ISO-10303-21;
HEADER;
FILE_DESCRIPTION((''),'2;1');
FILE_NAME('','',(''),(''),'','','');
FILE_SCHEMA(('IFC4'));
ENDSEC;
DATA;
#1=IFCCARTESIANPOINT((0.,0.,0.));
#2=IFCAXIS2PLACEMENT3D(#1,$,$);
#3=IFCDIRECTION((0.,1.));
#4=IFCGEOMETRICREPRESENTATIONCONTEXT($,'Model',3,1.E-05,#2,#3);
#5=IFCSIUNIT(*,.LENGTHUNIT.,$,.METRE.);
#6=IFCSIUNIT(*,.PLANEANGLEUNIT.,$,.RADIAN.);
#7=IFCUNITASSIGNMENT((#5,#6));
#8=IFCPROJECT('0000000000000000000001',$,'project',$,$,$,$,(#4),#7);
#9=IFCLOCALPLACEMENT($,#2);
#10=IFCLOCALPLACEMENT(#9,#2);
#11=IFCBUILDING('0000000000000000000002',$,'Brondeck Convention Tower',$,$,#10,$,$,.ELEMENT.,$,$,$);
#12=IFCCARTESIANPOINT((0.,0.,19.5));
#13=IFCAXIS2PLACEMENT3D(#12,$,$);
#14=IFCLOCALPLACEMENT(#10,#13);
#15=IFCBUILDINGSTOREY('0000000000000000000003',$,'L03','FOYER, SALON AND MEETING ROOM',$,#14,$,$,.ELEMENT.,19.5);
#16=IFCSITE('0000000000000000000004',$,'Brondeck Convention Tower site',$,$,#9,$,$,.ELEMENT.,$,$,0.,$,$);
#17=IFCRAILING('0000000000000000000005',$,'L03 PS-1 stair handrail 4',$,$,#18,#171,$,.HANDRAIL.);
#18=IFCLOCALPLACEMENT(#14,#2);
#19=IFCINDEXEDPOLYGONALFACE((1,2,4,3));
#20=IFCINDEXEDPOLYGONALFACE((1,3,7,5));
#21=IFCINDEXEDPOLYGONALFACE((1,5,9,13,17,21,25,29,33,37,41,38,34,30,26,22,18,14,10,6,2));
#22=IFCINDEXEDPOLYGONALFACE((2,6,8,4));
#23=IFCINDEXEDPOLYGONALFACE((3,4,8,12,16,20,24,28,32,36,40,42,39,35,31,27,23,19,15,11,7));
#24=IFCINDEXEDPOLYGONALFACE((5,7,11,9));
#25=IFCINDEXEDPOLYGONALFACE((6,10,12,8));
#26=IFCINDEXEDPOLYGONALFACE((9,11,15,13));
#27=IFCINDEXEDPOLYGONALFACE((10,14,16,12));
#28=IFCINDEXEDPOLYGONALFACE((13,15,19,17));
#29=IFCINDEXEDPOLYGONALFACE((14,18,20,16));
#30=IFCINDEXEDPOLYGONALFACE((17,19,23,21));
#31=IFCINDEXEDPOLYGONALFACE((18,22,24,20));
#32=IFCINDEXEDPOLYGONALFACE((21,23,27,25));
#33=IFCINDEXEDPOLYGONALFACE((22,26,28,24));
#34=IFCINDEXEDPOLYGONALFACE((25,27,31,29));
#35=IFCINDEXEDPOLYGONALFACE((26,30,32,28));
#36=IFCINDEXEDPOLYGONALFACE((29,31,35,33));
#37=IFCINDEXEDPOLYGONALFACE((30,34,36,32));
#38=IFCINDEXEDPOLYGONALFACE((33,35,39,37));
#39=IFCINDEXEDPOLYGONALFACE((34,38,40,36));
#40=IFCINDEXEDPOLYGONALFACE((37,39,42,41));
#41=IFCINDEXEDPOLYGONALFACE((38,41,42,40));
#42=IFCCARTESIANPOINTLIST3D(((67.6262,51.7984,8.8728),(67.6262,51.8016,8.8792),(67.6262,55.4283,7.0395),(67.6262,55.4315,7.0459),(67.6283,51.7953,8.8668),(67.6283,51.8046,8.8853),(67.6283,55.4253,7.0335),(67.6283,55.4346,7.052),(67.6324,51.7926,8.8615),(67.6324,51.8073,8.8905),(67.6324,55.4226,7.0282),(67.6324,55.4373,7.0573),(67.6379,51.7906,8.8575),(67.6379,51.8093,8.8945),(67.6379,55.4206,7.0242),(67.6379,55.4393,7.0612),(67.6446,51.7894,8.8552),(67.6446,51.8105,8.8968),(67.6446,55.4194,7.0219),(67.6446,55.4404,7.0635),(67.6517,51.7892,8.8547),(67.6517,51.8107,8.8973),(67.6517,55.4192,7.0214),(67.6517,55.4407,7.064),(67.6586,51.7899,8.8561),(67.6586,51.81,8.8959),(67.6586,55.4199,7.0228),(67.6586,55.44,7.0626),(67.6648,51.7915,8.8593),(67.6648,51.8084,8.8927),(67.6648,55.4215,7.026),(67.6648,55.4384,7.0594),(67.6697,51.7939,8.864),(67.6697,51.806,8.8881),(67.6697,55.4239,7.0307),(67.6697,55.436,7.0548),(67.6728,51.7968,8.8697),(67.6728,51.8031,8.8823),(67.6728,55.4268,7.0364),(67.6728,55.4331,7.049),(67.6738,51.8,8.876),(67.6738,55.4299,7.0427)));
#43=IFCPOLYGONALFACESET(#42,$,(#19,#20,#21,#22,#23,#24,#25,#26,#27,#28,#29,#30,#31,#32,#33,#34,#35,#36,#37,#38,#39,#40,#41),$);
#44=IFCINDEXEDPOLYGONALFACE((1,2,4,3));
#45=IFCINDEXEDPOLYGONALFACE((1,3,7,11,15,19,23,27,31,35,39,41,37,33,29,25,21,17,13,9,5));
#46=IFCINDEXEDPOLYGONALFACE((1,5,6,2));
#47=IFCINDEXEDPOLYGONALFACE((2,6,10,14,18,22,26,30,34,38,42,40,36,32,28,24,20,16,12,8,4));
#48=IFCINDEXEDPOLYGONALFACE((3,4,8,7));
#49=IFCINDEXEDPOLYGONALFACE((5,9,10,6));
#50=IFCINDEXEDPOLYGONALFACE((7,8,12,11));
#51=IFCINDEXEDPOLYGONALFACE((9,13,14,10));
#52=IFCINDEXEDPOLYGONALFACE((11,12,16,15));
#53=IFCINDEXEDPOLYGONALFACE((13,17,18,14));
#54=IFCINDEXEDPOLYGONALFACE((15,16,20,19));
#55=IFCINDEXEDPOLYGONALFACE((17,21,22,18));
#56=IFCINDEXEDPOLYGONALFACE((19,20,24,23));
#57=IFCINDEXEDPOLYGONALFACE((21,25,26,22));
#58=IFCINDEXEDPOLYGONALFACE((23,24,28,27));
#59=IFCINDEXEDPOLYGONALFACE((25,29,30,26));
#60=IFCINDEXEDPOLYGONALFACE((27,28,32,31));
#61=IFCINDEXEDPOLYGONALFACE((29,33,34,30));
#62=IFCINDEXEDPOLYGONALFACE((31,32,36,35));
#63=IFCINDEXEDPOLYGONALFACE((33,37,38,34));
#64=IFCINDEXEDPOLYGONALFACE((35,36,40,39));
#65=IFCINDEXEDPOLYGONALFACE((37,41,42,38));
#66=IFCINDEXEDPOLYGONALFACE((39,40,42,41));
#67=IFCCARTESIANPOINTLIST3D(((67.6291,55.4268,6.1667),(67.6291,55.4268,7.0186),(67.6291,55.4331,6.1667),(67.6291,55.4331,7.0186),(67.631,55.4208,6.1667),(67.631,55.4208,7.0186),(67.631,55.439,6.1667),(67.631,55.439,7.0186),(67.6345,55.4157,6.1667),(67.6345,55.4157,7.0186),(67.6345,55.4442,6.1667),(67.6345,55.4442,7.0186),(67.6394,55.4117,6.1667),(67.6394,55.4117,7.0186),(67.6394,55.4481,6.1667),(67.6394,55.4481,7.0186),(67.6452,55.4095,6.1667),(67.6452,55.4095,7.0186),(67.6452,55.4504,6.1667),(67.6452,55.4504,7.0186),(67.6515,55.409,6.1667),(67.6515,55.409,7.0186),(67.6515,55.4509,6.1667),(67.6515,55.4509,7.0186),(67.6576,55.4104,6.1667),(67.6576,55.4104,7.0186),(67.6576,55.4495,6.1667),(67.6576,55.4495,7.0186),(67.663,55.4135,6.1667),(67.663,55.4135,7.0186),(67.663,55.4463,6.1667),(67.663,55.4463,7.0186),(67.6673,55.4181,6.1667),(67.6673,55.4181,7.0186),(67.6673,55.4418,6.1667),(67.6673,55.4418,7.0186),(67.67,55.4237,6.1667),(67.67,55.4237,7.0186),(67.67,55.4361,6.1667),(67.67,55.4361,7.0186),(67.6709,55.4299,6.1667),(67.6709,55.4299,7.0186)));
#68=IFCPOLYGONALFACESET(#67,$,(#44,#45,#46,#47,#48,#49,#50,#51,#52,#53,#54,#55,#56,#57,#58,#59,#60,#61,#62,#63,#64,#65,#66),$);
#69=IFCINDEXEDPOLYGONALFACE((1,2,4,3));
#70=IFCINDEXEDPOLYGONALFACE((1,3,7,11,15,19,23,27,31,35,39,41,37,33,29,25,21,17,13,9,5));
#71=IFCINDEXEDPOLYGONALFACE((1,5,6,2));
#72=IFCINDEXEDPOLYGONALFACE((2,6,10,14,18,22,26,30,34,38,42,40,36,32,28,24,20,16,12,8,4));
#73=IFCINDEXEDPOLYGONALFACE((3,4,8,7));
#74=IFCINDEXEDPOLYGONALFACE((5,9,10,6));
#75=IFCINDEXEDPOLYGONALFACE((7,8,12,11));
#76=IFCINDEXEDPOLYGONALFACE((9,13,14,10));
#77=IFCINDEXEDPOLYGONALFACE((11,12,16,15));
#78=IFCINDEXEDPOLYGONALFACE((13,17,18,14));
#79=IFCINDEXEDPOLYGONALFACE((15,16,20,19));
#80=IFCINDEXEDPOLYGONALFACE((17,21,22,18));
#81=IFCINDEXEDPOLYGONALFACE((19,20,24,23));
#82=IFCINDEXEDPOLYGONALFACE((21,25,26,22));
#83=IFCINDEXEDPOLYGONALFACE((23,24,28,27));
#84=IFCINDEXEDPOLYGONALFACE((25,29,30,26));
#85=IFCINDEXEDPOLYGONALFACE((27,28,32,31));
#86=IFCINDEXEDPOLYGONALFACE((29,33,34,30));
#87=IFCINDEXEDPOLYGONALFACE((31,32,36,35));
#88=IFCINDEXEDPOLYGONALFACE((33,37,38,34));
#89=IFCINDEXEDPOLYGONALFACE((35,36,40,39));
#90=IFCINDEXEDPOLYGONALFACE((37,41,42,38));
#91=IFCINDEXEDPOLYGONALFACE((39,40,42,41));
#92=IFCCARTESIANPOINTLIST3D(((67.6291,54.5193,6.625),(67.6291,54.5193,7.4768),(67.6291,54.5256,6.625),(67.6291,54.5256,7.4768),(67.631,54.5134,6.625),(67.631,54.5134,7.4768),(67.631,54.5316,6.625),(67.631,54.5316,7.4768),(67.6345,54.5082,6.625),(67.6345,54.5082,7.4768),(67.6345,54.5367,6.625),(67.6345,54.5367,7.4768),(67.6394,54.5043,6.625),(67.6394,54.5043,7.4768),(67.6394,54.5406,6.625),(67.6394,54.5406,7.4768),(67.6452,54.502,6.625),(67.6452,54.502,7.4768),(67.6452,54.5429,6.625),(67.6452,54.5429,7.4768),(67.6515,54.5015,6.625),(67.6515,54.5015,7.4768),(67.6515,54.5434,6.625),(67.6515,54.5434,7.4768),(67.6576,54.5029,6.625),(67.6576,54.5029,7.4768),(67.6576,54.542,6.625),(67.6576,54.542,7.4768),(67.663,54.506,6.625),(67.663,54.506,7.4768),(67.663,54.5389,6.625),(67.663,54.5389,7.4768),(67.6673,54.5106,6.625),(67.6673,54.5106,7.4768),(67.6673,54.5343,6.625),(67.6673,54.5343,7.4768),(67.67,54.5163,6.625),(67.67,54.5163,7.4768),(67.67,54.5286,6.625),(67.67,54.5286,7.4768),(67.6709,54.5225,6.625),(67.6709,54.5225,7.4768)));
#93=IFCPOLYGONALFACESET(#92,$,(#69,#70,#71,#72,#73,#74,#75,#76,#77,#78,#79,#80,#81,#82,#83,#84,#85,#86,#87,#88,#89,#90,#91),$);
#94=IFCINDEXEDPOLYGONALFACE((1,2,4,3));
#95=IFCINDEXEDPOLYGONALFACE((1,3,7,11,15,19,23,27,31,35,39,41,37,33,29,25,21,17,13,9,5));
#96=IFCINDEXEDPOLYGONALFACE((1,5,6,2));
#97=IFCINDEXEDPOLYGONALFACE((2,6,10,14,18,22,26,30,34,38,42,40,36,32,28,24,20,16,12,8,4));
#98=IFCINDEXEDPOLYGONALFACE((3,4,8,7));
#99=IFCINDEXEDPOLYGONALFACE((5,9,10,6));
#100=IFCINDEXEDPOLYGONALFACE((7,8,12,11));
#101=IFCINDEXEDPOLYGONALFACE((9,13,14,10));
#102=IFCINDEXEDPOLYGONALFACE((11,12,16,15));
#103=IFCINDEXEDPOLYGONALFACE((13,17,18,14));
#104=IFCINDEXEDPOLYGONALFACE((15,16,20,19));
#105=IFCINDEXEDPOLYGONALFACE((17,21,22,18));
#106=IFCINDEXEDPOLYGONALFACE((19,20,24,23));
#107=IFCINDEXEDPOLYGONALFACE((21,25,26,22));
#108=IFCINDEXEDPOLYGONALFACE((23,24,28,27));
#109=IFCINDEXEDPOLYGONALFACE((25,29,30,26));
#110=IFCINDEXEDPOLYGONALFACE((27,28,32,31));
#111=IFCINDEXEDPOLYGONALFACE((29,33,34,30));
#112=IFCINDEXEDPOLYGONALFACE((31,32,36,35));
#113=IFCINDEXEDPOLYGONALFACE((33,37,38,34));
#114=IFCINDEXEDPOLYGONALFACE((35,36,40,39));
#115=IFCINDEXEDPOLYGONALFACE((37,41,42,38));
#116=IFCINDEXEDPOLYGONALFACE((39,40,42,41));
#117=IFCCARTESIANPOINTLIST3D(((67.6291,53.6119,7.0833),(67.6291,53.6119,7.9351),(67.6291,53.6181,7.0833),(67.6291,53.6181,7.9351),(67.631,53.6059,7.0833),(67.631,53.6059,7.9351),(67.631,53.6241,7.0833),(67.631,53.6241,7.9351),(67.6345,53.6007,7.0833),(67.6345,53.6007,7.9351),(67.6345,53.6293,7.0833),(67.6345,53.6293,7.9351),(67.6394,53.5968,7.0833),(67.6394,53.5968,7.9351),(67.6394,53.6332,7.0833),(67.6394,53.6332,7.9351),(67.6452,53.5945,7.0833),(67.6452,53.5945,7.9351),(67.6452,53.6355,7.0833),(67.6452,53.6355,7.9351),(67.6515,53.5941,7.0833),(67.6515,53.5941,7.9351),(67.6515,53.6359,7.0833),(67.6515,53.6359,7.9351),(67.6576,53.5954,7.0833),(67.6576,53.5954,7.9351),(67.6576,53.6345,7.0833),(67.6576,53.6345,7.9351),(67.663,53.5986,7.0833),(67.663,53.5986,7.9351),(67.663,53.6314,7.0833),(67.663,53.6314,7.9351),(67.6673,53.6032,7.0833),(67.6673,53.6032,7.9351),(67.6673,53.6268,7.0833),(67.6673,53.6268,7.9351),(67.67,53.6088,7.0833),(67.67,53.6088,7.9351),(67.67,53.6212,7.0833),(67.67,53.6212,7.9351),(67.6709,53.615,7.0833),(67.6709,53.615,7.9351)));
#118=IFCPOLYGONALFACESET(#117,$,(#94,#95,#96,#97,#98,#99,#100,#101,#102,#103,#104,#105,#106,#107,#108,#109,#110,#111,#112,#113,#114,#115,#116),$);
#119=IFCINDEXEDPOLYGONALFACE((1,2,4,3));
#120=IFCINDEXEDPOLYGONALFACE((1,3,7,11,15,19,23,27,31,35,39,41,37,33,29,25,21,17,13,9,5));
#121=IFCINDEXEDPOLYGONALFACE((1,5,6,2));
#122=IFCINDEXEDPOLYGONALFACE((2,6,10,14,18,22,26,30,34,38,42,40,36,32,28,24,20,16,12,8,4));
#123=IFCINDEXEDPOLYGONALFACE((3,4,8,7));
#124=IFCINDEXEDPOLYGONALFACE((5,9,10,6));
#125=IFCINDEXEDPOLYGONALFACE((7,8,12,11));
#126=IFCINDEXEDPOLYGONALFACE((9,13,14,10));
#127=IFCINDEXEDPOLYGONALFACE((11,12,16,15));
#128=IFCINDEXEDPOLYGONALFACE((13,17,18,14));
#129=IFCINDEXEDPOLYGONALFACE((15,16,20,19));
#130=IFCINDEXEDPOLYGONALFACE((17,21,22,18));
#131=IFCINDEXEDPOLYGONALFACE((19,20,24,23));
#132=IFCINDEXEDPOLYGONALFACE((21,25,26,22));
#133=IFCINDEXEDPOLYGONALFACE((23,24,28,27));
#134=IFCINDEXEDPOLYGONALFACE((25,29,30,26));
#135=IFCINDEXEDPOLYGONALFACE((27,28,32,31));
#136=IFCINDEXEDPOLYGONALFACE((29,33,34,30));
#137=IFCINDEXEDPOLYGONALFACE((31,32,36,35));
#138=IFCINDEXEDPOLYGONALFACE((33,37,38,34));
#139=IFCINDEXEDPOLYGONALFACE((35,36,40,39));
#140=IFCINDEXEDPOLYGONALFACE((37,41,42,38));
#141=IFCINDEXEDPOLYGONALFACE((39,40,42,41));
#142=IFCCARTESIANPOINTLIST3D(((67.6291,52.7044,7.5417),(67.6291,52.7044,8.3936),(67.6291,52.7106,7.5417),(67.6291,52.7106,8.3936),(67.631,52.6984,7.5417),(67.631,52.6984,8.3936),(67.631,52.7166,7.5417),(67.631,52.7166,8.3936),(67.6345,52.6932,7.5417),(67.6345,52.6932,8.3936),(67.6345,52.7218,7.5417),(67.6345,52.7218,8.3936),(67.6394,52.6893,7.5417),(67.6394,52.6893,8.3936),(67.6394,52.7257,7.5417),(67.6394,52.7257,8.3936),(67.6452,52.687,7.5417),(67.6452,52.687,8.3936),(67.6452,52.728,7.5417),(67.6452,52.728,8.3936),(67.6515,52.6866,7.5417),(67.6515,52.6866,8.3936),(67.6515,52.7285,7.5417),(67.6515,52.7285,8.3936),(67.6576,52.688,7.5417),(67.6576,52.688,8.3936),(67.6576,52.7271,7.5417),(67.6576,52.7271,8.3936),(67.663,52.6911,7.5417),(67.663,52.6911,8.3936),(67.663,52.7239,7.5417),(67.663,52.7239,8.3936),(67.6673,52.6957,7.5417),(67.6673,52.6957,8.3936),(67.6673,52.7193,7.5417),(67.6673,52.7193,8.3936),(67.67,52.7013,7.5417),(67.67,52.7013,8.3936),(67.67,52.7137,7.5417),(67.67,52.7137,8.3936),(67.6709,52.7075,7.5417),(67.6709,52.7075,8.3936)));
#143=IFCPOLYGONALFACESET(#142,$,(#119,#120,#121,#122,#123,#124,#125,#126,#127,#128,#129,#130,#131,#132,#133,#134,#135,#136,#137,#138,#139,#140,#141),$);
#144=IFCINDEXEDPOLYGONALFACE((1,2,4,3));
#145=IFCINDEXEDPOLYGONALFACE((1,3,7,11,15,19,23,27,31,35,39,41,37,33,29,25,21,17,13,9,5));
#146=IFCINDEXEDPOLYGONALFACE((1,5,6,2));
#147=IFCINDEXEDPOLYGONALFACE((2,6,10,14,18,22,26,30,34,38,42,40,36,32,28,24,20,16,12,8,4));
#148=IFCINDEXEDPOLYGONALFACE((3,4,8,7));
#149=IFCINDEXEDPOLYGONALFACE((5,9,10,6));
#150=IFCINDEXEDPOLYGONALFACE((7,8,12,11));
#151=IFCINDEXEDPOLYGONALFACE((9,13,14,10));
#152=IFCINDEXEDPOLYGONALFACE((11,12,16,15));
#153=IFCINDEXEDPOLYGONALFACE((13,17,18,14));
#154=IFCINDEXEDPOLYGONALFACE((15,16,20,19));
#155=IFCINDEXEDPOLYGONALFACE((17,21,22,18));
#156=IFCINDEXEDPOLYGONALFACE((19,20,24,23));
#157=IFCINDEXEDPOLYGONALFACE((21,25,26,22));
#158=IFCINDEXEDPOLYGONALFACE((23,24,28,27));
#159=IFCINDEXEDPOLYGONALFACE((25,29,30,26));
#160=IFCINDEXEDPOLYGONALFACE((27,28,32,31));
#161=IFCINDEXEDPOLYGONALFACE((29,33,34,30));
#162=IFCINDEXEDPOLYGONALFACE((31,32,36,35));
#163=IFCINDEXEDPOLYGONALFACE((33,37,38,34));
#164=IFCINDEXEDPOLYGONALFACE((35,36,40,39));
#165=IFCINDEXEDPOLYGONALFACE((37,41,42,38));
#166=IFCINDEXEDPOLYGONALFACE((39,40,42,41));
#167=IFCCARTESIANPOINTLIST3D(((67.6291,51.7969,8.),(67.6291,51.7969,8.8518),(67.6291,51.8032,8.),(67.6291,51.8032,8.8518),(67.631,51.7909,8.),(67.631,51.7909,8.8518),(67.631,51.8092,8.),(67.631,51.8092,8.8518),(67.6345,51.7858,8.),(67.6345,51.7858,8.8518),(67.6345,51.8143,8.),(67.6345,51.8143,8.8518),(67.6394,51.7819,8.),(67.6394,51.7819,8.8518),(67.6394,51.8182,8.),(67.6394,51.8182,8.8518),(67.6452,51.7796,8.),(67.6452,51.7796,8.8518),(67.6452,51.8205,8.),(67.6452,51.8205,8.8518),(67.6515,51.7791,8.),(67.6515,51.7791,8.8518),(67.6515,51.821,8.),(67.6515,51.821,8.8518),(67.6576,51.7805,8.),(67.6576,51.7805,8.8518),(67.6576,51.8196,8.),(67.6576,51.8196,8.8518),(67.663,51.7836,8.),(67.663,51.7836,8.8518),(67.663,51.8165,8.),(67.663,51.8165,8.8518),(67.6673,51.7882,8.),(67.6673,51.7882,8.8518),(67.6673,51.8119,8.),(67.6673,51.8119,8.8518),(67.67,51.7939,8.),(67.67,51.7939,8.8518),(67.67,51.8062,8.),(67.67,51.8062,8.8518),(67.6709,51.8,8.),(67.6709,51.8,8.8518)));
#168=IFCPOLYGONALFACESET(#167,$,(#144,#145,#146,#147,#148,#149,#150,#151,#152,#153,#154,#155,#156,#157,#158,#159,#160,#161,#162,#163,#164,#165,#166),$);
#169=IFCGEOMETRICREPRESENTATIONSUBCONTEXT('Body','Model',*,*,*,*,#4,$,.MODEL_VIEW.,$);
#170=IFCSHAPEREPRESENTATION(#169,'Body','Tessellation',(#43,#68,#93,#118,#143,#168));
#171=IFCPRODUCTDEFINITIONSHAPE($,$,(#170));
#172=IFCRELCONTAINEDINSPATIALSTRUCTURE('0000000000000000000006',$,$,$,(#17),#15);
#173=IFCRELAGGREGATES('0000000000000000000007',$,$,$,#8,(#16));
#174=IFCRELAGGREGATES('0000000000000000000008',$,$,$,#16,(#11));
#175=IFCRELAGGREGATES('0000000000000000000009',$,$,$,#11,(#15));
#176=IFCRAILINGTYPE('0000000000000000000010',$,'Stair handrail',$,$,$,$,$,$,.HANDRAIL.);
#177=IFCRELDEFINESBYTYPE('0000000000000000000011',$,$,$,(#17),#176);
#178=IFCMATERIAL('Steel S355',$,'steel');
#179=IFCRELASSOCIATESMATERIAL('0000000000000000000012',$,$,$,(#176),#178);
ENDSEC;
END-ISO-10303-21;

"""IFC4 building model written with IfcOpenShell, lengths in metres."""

from ifc_helpers import new_model, si_unit, direction, frame, origin, origin_2d, place, context, subcontext, project, spatial, circle, extrude, material, type_object, element, save


model = new_model("IFC4")

# Units and contexts
model_context = context("Model", 3, precision=1e-05, world=origin(), true_north=direction((0.0, 1.0)))
body_context = subcontext(model_context, "Body", "Model", "MODEL_VIEW")
ifc_project = project(units=[si_unit("LENGTHUNIT", "METRE"), si_unit("PLANEANGLEUNIT", "RADIAN")], contexts=[model_context])

# Site, building, storey
site_placement = place(None, origin())
site = spatial("IfcSite", under=ifc_project, at=site_placement, Name="Brondeck Convention Tower site", CompositionType="ELEMENT", RefElevation=0.0)
building_placement = place(site_placement, origin())
building = spatial("IfcBuilding", under=site, at=building_placement, Name="Brondeck Convention Tower", CompositionType="ELEMENT")
storey_placement = place(building_placement, frame((0.0, 0.0, 19.5)))
storey = spatial("IfcBuildingStorey", under=building, at=storey_placement, Name="L03", Description="FOYER, SALON AND MEETING ROOM", CompositionType="ELEMENT", Elevation=19.5)

# Railing
ifc_material_1 = material(Name="Steel S355", Category="steel")
railing_type_1 = type_object("IfcRailingType", Name="Stair handrail", PredefinedType="HANDRAIL", material=ifc_material_1)
railing_1_placement = place(storey_placement, frame((67.6499, 55.4299, 6.1667)))
element("IfcRailing", 1, at=railing_1_placement, inside=storey, type_object=railing_type_1, Name="L03 PS-1 stair handrail 4", PredefinedType="HANDRAIL", context=body_context, shape_type="SweptSolid", body=[
    extrude(circle(Radius=0.0239, at=origin_2d()), frame((0.0, 0.0, 0.876), z_axis=(0.0, -0.892619, 0.450812), x_axis=(1.0, 0.0, 0.0)), (0.0, 0.0, 1.0), 4.0667),
    extrude(circle(Radius=0.021, at=origin_2d()), origin(), (0.0, 0.0, 1.0), 0.8518),
    extrude(circle(Radius=0.021, at=origin_2d()), frame((0.0, -0.9075, 0.4583)), (0.0, 0.0, 1.0), 0.8518),
    extrude(circle(Radius=0.021, at=origin_2d()), frame((0.0, -1.8149, 0.9165)), (0.0, 0.0, 1.0), 0.8518),
    extrude(circle(Radius=0.021, at=origin_2d()), frame((0.0, -2.7224, 1.375)), (0.0, 0.0, 1.0), 0.8518),
    extrude(circle(Radius=0.021, at=origin_2d()), frame((0.0, -3.6299, 1.8333)), (0.0, 0.0, 1.0), 0.8518),
])

save(model, "model.ifc")
